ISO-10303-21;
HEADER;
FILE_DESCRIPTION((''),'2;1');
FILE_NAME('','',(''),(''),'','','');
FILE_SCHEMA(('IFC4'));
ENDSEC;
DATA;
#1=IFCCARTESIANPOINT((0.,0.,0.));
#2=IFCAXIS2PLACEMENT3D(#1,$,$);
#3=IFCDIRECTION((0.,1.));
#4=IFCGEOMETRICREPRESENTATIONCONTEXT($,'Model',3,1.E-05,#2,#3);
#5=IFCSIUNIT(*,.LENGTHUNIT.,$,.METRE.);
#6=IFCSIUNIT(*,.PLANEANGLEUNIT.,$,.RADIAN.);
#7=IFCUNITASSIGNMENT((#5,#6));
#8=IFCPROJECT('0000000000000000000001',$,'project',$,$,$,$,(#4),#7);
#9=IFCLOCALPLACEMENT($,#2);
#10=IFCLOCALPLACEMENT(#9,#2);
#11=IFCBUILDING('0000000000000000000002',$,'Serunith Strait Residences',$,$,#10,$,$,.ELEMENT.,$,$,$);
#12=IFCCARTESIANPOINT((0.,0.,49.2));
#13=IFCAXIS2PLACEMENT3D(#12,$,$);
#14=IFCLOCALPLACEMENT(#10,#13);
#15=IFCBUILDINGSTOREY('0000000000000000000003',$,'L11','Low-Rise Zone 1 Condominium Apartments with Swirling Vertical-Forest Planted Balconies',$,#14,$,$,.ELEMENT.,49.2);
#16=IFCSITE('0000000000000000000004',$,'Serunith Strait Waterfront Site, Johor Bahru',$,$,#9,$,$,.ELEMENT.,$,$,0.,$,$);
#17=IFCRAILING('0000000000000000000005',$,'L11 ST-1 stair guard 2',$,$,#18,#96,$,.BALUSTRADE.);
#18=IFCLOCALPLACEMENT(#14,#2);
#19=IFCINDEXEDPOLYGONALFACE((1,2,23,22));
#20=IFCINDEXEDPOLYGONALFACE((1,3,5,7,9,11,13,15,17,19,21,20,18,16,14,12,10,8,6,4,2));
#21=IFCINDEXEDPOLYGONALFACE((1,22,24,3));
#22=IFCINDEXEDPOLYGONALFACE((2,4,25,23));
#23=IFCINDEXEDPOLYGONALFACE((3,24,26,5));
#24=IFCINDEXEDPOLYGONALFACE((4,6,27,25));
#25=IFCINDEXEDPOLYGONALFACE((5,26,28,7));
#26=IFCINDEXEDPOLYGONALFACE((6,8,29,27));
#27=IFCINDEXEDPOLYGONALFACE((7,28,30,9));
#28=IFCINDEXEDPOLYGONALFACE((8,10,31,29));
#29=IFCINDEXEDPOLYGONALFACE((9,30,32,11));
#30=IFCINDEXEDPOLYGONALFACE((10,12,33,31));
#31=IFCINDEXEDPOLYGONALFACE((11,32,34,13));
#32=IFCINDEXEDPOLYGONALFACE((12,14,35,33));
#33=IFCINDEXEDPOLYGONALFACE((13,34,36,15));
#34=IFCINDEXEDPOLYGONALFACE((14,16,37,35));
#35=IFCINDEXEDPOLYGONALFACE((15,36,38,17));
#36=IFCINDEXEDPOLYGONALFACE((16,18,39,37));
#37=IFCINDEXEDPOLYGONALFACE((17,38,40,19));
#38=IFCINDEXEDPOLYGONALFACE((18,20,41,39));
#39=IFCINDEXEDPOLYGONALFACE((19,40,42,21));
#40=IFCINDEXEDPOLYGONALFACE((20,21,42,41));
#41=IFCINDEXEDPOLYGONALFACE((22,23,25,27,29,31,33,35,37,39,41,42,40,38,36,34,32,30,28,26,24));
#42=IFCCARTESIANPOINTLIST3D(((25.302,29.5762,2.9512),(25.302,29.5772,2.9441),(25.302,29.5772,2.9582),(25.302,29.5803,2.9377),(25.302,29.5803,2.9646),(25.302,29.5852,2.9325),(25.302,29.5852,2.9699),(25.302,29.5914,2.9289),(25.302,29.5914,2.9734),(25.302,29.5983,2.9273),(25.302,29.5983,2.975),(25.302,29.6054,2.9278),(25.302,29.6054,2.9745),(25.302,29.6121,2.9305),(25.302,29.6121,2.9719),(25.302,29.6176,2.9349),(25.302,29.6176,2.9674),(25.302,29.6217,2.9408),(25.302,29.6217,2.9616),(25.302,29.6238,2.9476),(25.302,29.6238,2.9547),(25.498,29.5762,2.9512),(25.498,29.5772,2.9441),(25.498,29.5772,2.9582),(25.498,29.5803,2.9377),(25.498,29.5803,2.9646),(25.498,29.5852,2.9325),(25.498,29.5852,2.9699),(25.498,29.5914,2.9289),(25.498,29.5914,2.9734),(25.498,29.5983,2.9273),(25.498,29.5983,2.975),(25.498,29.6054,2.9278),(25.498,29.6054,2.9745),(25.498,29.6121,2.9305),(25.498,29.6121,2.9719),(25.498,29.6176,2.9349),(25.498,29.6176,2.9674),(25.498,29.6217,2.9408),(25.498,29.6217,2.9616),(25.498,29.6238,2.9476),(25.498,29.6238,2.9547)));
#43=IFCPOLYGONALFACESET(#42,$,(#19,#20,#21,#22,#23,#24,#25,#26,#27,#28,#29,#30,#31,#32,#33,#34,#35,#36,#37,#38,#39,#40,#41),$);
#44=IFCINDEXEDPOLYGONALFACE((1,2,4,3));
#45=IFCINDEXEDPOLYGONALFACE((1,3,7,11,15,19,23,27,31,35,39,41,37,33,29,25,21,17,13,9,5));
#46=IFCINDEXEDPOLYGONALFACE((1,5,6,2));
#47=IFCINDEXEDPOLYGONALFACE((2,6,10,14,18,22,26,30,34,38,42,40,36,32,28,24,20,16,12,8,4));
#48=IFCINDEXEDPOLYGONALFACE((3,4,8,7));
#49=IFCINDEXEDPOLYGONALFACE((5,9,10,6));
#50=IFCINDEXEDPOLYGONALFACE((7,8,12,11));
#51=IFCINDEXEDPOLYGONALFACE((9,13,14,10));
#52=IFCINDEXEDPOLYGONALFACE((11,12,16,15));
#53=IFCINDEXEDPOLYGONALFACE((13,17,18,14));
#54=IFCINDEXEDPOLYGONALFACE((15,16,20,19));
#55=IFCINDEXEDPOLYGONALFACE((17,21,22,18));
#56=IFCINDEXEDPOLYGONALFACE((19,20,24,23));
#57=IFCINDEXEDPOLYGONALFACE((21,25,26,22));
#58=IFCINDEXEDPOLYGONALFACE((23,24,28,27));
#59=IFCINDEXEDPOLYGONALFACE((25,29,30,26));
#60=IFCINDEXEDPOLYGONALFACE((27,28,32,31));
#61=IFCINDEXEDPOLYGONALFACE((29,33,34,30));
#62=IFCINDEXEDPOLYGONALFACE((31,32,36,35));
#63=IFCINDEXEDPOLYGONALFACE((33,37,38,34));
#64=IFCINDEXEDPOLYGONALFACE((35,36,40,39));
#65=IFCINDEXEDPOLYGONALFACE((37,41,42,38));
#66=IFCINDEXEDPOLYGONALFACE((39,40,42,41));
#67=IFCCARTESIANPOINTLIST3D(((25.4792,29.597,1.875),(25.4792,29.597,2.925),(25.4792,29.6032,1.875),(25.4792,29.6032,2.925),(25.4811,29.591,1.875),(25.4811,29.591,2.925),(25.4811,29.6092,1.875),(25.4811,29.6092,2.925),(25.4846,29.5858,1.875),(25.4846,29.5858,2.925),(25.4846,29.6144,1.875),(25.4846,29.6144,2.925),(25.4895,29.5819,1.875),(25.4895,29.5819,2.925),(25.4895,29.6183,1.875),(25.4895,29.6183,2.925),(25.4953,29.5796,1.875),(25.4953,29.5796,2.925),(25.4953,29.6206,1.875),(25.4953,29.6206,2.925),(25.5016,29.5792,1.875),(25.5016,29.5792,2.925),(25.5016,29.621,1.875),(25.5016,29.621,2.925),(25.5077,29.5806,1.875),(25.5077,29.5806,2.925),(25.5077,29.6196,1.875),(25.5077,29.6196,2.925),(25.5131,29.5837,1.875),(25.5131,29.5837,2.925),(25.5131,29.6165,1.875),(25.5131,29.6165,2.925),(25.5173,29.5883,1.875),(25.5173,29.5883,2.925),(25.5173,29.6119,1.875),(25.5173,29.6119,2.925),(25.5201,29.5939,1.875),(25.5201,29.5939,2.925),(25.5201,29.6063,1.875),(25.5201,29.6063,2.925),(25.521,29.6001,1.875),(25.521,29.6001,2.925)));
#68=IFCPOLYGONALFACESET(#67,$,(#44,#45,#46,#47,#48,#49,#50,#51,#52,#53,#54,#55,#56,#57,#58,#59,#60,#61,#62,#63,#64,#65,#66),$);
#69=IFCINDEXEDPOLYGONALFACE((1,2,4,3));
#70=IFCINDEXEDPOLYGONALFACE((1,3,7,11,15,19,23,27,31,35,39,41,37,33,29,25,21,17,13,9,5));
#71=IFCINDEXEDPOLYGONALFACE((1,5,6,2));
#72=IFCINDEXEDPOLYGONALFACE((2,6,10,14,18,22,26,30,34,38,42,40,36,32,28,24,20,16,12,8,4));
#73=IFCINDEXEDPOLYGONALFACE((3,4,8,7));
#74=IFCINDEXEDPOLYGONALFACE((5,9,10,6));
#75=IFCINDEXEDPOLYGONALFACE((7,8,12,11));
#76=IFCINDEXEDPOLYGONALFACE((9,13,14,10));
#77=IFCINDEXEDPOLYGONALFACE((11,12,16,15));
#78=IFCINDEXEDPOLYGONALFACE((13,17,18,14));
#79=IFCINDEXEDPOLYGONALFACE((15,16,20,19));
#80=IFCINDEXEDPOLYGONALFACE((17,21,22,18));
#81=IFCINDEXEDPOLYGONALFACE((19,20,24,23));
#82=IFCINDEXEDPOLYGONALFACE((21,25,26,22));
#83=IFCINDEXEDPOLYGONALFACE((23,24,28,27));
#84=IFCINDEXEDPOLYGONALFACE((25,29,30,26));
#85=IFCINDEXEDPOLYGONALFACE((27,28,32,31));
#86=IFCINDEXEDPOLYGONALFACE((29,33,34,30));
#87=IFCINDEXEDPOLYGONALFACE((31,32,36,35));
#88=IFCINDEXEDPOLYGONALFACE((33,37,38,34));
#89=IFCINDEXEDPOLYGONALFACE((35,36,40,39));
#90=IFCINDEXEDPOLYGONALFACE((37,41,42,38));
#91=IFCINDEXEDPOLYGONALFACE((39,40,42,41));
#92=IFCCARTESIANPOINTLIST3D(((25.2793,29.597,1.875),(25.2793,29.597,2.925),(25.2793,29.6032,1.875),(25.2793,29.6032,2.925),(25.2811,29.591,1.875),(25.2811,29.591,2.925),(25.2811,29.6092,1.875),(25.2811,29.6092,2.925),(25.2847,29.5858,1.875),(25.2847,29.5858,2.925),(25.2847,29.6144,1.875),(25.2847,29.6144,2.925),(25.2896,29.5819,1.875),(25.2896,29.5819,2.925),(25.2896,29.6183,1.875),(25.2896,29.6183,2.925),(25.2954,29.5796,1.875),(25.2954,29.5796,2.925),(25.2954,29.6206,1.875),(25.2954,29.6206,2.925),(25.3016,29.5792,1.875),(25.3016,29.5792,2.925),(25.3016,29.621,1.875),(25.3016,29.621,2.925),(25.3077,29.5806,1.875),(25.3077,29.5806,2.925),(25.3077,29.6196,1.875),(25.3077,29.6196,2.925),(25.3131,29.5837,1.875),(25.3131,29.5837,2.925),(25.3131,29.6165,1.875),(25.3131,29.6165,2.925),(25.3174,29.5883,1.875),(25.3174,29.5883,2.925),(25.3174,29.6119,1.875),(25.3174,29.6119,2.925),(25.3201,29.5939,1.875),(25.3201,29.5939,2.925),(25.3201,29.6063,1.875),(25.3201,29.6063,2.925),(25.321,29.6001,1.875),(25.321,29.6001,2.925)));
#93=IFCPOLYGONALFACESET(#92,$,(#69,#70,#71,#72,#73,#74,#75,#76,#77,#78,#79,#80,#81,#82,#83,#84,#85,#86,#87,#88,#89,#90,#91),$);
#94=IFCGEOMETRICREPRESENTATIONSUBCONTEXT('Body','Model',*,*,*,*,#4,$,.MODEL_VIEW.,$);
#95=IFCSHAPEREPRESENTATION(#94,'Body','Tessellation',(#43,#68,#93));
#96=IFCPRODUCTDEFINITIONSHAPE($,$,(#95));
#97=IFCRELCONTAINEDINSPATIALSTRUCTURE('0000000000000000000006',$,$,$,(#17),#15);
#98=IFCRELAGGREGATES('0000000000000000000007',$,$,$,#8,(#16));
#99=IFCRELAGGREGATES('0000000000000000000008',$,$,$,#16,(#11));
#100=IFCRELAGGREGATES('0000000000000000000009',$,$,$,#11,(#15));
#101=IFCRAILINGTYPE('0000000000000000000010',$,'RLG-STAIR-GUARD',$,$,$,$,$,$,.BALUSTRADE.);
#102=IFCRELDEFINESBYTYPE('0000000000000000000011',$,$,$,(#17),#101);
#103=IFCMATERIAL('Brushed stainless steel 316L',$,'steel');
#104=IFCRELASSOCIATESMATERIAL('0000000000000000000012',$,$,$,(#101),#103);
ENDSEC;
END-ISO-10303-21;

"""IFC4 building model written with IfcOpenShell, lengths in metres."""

from ifc_helpers import new_model, si_unit, direction, frame, origin, origin_2d, place, context, subcontext, project, spatial, circle, extrude, material, type_object, element, save


model = new_model("IFC4")

# Units and contexts
model_context = context("Model", 3, precision=1e-05, world=origin(), true_north=direction((0.0, 1.0)))
body_context = subcontext(model_context, "Body", "Model", "MODEL_VIEW")
ifc_project = project(units=[si_unit("LENGTHUNIT", "METRE"), si_unit("PLANEANGLEUNIT", "RADIAN")], contexts=[model_context])

# Site, building, storey
site_placement = place(None, origin())
site = spatial("IfcSite", under=ifc_project, at=site_placement, Name="Serunith Strait Waterfront Site, Johor Bahru", CompositionType="ELEMENT", RefElevation=0.0)
building_placement = place(site_placement, origin())
building = spatial("IfcBuilding", under=site, at=building_placement, Name="Serunith Strait Residences", CompositionType="ELEMENT")
storey_placement = place(building_placement, frame((0.0, 0.0, 49.2)))
storey = spatial("IfcBuildingStorey", under=building, at=storey_placement, Name="L11", Description="Low-Rise Zone 1 Condominium Apartments with Swirling Vertical-Forest Planted Balconies", CompositionType="ELEMENT", Elevation=49.2)

# Railing
ifc_material_1 = material(Name="Brushed stainless steel 316L", Category="steel")
railing_type_1 = type_object("IfcRailingType", Name="RLG-STAIR-GUARD", PredefinedType="BALUSTRADE", material=ifc_material_1)
railing_1_placement = place(storey_placement, frame((25.5, 29.6001, 1.875)))
element("IfcRailing", 1, at=railing_1_placement, inside=storey, type_object=railing_type_1, Name="L11 ST-1 stair guard 2", PredefinedType="BALUSTRADE", context=body_context, shape_type="SweptSolid", body=[
    extrude(circle(Radius=0.0239, at=origin_2d()), frame((-0.002, 0.0, 1.0762), z_axis=(-1.0, 0.0, 0.0), x_axis=(0.0, -1.0, 0.0)), (0.0, 0.0, 1.0), 0.196),
    extrude(circle(Radius=0.021, at=origin_2d()), origin(), (0.0, 0.0, 1.0), 1.05),
    extrude(circle(Radius=0.021, at=origin_2d()), frame((-0.2, 0.0, 0.0)), (0.0, 0.0, 1.0), 1.05),
])

save(model, "model.ifc")
